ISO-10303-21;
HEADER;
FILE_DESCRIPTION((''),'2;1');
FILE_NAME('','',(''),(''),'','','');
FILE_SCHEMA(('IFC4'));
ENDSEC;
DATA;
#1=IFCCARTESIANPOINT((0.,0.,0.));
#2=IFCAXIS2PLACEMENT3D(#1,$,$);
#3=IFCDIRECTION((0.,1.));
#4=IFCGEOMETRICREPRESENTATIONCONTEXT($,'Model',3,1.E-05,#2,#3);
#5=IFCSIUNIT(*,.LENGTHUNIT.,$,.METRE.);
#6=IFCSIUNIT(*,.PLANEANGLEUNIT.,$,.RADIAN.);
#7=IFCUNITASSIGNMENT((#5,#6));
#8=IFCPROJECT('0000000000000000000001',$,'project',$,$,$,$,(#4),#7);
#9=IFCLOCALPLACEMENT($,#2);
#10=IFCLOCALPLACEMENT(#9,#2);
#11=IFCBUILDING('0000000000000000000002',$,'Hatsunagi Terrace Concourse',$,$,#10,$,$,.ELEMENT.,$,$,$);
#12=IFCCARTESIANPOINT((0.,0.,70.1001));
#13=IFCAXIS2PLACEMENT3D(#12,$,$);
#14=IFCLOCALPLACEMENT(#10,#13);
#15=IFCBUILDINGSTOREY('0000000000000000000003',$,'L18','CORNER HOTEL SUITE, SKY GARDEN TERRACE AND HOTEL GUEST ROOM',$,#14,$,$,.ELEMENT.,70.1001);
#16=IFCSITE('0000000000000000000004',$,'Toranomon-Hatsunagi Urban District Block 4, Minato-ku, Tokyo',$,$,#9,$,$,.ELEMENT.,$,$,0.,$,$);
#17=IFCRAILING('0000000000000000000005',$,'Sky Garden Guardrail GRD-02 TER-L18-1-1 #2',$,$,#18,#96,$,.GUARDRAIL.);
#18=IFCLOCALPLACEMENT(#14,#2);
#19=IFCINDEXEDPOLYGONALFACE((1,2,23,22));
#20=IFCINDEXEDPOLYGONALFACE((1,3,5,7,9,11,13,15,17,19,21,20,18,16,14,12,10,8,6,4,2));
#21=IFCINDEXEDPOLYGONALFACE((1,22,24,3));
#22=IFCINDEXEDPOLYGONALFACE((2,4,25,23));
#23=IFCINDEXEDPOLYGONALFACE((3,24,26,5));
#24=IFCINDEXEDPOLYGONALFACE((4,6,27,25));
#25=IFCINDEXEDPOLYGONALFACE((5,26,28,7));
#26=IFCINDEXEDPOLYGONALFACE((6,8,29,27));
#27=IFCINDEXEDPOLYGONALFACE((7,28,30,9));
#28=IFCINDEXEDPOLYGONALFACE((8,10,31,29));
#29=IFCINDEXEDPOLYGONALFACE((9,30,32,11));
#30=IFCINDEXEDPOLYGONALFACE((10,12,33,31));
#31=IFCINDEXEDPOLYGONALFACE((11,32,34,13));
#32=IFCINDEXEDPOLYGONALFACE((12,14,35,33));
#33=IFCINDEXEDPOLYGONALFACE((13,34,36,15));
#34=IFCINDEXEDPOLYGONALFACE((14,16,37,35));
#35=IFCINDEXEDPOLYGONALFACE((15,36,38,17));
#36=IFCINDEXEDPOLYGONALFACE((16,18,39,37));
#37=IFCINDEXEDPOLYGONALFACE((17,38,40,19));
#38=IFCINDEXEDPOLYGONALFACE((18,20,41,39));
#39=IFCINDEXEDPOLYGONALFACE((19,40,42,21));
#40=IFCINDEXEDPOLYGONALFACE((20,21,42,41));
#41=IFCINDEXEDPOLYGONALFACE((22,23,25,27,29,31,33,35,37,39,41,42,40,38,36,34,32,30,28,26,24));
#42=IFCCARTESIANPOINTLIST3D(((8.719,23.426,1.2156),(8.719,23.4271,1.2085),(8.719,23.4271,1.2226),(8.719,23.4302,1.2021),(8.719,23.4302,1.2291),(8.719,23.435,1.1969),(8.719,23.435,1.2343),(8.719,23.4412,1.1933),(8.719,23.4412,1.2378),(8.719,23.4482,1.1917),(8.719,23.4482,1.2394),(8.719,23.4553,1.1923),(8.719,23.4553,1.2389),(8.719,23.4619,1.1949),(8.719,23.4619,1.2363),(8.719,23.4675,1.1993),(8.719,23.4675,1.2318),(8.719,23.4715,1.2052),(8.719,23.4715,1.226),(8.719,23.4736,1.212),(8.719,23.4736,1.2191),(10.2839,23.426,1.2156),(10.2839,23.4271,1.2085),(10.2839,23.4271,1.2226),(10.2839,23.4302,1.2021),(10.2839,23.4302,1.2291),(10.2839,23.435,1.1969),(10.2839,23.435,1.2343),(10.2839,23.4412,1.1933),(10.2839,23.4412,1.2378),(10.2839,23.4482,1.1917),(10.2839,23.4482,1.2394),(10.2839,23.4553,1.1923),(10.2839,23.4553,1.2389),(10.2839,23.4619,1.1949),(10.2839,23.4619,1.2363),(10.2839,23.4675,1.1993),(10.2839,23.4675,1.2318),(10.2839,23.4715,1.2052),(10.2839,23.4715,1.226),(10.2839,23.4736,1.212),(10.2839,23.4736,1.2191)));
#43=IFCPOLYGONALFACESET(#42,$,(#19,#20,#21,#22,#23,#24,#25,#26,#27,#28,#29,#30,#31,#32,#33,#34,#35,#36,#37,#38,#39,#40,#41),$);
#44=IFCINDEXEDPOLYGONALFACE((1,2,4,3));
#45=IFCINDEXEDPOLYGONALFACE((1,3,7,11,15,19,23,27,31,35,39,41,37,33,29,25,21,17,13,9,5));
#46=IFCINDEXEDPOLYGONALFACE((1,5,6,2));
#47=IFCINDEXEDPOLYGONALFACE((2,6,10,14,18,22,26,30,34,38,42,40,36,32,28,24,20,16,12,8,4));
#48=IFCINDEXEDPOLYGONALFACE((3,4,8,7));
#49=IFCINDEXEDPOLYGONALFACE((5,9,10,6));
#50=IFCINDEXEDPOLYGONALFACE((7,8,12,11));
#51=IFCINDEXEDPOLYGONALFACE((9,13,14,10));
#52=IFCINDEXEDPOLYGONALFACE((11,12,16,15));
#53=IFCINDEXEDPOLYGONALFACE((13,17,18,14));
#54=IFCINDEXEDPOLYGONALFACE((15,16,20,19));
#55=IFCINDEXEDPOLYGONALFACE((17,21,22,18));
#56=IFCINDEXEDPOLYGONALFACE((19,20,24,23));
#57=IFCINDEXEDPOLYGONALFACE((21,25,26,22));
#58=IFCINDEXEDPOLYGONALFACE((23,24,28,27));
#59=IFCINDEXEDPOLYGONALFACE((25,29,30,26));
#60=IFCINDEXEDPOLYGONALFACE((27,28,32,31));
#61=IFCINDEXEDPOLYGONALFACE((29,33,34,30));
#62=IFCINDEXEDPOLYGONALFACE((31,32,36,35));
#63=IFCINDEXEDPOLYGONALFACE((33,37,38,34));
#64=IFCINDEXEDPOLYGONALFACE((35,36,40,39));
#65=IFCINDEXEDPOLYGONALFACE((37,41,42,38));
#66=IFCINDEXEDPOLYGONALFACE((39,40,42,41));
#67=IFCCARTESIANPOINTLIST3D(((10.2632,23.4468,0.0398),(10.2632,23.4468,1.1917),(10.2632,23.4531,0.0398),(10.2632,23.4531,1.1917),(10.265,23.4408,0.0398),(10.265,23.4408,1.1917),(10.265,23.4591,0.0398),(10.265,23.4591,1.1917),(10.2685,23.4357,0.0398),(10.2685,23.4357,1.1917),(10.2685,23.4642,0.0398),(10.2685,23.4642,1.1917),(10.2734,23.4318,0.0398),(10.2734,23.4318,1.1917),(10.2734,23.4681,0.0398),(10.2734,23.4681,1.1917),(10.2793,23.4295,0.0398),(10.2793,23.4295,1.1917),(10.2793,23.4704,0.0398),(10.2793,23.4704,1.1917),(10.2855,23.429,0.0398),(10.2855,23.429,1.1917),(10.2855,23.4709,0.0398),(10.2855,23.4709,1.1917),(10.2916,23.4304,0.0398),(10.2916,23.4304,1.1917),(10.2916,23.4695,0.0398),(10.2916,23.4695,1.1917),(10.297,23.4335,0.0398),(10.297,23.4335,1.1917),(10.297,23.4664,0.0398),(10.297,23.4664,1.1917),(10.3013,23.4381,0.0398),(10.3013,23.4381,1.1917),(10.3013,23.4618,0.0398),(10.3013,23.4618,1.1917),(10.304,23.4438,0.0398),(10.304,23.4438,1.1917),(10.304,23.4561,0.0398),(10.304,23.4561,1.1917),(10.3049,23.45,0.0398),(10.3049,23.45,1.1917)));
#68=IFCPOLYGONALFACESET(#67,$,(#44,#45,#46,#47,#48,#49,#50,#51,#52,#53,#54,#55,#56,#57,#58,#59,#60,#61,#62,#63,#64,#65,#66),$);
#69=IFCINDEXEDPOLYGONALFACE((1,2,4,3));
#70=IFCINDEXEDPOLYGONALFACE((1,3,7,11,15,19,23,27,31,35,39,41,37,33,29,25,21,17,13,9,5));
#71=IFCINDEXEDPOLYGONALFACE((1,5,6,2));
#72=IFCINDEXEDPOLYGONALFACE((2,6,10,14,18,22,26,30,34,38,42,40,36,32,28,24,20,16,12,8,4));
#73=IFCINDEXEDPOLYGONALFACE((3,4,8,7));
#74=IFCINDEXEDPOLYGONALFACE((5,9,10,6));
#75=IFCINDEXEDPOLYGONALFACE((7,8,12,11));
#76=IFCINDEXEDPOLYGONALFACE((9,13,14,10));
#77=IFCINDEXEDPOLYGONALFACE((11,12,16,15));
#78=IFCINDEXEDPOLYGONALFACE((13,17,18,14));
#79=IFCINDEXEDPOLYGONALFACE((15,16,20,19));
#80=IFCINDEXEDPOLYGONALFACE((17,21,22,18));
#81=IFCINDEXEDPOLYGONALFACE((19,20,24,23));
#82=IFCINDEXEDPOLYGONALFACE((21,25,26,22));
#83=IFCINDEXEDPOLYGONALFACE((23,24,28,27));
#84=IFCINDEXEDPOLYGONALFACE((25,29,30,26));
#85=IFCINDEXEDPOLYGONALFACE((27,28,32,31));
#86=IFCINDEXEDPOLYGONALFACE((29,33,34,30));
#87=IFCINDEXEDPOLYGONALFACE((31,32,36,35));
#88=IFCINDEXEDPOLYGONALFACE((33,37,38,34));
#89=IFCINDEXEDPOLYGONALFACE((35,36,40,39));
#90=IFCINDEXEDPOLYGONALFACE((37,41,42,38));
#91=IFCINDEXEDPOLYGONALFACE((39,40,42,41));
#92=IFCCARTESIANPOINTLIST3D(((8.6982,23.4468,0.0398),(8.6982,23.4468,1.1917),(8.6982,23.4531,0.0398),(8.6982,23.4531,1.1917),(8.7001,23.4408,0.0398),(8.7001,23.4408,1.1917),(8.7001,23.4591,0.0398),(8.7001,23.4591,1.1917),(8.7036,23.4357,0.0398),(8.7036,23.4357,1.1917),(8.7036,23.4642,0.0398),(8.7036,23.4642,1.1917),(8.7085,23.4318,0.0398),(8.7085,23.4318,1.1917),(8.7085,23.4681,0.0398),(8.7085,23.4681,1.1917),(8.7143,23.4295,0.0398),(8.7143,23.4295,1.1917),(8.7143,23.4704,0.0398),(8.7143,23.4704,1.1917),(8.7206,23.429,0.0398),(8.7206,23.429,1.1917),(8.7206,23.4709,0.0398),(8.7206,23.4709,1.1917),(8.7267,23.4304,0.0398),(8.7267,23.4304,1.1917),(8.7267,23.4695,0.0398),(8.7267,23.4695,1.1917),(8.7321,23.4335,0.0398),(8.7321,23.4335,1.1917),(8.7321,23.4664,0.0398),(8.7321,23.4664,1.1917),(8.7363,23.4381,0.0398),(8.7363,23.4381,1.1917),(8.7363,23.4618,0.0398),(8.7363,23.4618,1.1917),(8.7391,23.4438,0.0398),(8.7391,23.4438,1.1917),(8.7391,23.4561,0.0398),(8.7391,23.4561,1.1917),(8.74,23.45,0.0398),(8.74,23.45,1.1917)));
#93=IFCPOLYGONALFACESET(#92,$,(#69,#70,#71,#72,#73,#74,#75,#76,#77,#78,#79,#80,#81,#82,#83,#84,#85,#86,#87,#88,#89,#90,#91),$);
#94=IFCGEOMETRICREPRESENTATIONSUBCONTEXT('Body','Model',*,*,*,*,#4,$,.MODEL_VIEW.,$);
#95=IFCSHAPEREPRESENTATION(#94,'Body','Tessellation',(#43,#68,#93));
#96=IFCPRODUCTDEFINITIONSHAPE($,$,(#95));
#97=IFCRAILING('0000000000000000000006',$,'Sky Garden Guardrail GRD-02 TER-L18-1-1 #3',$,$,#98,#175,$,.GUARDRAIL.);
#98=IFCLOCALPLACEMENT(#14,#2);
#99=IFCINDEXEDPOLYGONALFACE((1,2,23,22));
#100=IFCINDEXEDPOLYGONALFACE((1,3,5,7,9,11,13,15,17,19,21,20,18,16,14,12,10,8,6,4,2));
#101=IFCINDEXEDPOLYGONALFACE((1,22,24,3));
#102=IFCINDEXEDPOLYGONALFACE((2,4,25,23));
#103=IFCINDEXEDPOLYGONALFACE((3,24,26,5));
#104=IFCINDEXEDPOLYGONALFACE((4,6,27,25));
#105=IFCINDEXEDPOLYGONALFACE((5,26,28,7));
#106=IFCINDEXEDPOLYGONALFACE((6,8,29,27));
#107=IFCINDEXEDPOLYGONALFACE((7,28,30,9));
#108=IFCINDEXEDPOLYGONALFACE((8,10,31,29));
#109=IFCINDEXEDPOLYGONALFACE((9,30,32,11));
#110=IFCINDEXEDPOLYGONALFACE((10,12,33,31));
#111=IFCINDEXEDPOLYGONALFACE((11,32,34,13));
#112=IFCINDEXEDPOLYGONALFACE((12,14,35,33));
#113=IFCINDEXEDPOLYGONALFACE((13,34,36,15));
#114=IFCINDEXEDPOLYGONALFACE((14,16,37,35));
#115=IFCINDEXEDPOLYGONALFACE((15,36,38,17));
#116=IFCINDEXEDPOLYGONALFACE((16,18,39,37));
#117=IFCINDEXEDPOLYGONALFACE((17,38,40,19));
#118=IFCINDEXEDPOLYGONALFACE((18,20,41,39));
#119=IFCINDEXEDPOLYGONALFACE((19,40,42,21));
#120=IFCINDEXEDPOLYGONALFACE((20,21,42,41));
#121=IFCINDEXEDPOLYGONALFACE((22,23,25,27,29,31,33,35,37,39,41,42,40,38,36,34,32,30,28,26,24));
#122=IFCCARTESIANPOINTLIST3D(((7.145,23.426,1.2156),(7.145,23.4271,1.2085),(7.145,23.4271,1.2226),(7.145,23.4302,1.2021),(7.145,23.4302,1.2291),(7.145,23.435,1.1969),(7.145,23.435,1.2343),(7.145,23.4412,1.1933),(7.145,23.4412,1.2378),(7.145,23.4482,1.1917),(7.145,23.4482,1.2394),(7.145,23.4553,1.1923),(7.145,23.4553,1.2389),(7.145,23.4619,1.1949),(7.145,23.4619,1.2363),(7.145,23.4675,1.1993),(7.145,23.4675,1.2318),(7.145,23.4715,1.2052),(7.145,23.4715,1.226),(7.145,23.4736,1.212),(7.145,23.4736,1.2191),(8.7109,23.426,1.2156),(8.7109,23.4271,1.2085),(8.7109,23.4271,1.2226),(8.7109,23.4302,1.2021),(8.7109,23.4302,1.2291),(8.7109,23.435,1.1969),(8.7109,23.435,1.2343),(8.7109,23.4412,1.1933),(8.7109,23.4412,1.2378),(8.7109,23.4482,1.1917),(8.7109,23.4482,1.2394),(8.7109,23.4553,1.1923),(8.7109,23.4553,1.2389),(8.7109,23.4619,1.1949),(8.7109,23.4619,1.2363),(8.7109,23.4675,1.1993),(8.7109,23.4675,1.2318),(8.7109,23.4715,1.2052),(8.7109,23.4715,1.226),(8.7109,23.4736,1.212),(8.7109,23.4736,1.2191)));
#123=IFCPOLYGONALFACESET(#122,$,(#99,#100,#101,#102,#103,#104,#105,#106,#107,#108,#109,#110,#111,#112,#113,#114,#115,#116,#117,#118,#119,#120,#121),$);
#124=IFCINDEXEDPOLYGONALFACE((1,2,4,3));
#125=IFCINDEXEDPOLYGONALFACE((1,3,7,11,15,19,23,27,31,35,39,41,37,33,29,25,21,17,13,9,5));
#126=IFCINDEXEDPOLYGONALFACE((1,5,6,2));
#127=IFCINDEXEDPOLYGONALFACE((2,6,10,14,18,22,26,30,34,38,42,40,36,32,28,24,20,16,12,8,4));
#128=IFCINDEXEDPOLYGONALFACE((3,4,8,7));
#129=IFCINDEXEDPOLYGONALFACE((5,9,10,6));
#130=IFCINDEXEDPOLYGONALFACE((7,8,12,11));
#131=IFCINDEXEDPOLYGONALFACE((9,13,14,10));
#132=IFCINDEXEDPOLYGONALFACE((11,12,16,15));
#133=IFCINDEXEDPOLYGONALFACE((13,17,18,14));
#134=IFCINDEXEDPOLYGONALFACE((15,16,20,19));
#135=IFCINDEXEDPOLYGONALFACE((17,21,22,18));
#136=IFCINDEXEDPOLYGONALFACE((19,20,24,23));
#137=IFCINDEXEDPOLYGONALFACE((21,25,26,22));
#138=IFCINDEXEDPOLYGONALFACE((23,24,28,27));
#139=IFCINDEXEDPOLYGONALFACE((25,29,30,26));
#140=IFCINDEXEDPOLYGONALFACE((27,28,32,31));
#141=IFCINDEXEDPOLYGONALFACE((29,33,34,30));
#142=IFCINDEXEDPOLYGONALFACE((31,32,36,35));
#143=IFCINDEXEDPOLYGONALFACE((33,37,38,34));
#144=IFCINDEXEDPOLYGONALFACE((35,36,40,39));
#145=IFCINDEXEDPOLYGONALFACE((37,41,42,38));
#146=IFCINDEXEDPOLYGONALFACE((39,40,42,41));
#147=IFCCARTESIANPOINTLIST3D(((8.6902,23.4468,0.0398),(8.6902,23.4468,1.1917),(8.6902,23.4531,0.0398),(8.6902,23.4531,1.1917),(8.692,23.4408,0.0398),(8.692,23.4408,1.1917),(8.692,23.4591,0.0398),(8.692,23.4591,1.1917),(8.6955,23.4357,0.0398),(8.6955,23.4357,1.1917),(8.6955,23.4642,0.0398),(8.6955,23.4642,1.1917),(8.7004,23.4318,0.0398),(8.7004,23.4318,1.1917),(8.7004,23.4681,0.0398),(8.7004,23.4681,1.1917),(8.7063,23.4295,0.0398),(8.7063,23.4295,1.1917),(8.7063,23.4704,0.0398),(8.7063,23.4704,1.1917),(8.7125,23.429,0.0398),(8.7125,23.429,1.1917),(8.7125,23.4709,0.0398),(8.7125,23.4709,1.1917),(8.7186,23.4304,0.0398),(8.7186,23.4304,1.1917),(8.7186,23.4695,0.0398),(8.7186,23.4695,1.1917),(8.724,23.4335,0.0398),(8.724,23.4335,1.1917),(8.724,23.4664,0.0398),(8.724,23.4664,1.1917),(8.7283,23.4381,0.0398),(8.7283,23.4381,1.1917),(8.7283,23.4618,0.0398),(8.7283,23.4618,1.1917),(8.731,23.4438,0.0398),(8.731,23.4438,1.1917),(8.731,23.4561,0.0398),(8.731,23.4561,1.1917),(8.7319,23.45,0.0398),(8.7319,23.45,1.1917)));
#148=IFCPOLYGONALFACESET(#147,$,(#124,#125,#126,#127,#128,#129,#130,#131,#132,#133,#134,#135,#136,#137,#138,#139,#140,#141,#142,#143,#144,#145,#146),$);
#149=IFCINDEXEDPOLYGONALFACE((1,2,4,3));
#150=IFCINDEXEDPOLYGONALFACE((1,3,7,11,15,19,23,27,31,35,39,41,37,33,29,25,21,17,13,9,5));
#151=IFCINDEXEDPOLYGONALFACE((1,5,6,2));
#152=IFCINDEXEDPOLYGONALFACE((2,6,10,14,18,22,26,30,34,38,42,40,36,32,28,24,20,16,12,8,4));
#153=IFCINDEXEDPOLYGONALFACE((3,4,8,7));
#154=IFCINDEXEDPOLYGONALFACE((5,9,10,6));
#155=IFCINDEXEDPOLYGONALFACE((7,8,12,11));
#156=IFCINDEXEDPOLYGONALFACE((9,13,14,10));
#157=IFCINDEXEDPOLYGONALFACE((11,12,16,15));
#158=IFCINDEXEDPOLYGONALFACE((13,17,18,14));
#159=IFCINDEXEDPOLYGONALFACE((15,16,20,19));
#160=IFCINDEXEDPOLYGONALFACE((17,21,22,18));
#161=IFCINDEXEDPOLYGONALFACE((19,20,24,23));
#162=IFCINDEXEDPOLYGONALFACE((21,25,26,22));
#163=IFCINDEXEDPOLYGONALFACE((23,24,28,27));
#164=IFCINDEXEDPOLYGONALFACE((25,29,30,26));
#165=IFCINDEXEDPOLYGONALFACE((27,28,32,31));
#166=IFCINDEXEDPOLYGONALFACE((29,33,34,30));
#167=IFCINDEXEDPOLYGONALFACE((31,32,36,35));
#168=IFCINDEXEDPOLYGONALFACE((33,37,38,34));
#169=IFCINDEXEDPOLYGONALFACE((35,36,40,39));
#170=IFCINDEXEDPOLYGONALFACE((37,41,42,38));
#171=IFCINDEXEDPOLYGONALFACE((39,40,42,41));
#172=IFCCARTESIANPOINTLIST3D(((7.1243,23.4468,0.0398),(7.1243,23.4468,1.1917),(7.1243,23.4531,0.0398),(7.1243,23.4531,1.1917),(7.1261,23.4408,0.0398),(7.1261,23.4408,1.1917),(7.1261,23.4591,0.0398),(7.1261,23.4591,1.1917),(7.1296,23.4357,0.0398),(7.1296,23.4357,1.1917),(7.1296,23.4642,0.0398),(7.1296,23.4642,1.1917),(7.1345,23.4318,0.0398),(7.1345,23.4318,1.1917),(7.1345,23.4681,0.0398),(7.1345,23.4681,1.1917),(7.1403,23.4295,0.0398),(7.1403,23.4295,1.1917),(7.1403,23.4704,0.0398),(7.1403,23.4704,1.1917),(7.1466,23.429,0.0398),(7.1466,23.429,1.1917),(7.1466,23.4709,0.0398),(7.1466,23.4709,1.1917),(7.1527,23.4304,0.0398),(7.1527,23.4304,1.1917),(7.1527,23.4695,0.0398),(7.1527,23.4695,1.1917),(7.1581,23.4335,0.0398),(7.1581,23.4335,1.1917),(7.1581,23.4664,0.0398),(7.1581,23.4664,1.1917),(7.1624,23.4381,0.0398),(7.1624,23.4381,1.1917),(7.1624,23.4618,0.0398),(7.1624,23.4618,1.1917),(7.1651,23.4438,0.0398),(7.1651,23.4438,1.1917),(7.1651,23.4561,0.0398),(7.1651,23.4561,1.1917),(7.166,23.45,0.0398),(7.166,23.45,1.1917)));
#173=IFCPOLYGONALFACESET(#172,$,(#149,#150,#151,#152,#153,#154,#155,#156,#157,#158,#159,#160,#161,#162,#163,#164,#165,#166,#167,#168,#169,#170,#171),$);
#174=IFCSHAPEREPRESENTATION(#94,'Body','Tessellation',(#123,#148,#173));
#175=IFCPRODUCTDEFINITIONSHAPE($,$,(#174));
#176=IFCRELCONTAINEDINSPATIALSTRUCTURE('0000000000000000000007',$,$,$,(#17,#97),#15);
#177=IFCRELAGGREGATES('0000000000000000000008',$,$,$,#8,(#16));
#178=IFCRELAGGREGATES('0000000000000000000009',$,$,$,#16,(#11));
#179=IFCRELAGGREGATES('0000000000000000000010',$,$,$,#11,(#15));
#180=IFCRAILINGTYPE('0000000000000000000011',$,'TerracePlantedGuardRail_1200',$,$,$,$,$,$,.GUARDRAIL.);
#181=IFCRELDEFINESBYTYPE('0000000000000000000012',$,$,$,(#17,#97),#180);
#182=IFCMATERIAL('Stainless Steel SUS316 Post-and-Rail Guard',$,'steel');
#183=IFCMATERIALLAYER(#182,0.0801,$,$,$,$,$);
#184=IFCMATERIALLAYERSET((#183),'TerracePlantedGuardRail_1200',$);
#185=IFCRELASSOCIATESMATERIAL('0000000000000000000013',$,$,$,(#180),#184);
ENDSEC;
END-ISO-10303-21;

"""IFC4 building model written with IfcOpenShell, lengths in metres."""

from ifc_helpers import new_model, si_unit, direction, frame, origin, origin_2d, place, context, subcontext, project, spatial, circle, extrude, material, layer, layer_set, type_object, element, save


model = new_model("IFC4")

# Units and contexts
model_context = context("Model", 3, precision=1e-05, world=origin(), true_north=direction((0.0, 1.0)))
body_context = subcontext(model_context, "Body", "Model", "MODEL_VIEW")
ifc_project = project(units=[si_unit("LENGTHUNIT", "METRE"), si_unit("PLANEANGLEUNIT", "RADIAN")], contexts=[model_context])

# Site, building, storey
site_placement = place(None, origin())
site = spatial("IfcSite", under=ifc_project, at=site_placement, Name="Toranomon-Hatsunagi Urban District Block 4, Minato-ku, Tokyo", CompositionType="ELEMENT", RefElevation=0.0)
building_placement = place(site_placement, origin())
building = spatial("IfcBuilding", under=site, at=building_placement, Name="Hatsunagi Terrace Concourse", CompositionType="ELEMENT")
storey_placement = place(building_placement, frame((0.0, 0.0, 70.1001)))
storey = spatial("IfcBuildingStorey", under=building, at=storey_placement, Name="L18", Description="CORNER HOTEL SUITE, SKY GARDEN TERRACE AND HOTEL GUEST ROOM", CompositionType="ELEMENT", Elevation=70.1001)

# Railings
ifc_material_1 = material(Name="Stainless Steel SUS316 Post-and-Rail Guard", Category="steel")
ifc_layer_1 = layer(ifc_material_1, 0.0801)
ifc_layer_set_1 = layer_set([ifc_layer_1], Name="TerracePlantedGuardRail_1200")
railing_type_1 = type_object("IfcRailingType", Name="TerracePlantedGuardRail_1200", PredefinedType="GUARDRAIL", material=ifc_layer_set_1)
railing_1_placement = place(storey_placement, frame((10.2839, 23.45, 0.0398)))
element("IfcRailing", 1, at=railing_1_placement, inside=storey, type_object=railing_type_1, Name="Sky Garden Guardrail GRD-02 TER-L18-1-1 #2", PredefinedType="GUARDRAIL", context=body_context, shape_type="SweptSolid", body=[
    extrude(circle(Radius=0.0239, at=origin_2d()), frame((0.0, 0.0, 1.1758), z_axis=(-1.0, 0.0, 0.0), x_axis=(0.0, -1.0, 0.0)), (0.0, 0.0, 1.0), 1.5649),
    extrude(circle(Radius=0.021, at=origin_2d()), origin(), (0.0, 0.0, 1.0), 1.1519),
    extrude(circle(Radius=0.021, at=origin_2d()), frame((-1.5649, 0.0, 0.0)), (0.0, 0.0, 1.0), 1.1519),
])
railing_2_placement = place(storey_placement, frame((8.7109, 23.45, 0.0398)))
element("IfcRailing", 2, at=railing_2_placement, inside=storey, type_object=railing_type_1, Name="Sky Garden Guardrail GRD-02 TER-L18-1-1 #3", PredefinedType="GUARDRAIL", context=body_context, shape_type="SweptSolid", body=[
    extrude(circle(Radius=0.0239, at=origin_2d()), frame((0.0, 0.0, 1.1758), z_axis=(-1.0, 0.0, 0.0), x_axis=(0.0, -1.0, 0.0)), (0.0, 0.0, 1.0), 1.5659),
    extrude(circle(Radius=0.021, at=origin_2d()), origin(), (0.0, 0.0, 1.0), 1.1519),
    extrude(circle(Radius=0.021, at=origin_2d()), frame((-1.5659, 0.0, 0.0)), (0.0, 0.0, 1.0), 1.1519),
])

save(model, "model.ifc")
